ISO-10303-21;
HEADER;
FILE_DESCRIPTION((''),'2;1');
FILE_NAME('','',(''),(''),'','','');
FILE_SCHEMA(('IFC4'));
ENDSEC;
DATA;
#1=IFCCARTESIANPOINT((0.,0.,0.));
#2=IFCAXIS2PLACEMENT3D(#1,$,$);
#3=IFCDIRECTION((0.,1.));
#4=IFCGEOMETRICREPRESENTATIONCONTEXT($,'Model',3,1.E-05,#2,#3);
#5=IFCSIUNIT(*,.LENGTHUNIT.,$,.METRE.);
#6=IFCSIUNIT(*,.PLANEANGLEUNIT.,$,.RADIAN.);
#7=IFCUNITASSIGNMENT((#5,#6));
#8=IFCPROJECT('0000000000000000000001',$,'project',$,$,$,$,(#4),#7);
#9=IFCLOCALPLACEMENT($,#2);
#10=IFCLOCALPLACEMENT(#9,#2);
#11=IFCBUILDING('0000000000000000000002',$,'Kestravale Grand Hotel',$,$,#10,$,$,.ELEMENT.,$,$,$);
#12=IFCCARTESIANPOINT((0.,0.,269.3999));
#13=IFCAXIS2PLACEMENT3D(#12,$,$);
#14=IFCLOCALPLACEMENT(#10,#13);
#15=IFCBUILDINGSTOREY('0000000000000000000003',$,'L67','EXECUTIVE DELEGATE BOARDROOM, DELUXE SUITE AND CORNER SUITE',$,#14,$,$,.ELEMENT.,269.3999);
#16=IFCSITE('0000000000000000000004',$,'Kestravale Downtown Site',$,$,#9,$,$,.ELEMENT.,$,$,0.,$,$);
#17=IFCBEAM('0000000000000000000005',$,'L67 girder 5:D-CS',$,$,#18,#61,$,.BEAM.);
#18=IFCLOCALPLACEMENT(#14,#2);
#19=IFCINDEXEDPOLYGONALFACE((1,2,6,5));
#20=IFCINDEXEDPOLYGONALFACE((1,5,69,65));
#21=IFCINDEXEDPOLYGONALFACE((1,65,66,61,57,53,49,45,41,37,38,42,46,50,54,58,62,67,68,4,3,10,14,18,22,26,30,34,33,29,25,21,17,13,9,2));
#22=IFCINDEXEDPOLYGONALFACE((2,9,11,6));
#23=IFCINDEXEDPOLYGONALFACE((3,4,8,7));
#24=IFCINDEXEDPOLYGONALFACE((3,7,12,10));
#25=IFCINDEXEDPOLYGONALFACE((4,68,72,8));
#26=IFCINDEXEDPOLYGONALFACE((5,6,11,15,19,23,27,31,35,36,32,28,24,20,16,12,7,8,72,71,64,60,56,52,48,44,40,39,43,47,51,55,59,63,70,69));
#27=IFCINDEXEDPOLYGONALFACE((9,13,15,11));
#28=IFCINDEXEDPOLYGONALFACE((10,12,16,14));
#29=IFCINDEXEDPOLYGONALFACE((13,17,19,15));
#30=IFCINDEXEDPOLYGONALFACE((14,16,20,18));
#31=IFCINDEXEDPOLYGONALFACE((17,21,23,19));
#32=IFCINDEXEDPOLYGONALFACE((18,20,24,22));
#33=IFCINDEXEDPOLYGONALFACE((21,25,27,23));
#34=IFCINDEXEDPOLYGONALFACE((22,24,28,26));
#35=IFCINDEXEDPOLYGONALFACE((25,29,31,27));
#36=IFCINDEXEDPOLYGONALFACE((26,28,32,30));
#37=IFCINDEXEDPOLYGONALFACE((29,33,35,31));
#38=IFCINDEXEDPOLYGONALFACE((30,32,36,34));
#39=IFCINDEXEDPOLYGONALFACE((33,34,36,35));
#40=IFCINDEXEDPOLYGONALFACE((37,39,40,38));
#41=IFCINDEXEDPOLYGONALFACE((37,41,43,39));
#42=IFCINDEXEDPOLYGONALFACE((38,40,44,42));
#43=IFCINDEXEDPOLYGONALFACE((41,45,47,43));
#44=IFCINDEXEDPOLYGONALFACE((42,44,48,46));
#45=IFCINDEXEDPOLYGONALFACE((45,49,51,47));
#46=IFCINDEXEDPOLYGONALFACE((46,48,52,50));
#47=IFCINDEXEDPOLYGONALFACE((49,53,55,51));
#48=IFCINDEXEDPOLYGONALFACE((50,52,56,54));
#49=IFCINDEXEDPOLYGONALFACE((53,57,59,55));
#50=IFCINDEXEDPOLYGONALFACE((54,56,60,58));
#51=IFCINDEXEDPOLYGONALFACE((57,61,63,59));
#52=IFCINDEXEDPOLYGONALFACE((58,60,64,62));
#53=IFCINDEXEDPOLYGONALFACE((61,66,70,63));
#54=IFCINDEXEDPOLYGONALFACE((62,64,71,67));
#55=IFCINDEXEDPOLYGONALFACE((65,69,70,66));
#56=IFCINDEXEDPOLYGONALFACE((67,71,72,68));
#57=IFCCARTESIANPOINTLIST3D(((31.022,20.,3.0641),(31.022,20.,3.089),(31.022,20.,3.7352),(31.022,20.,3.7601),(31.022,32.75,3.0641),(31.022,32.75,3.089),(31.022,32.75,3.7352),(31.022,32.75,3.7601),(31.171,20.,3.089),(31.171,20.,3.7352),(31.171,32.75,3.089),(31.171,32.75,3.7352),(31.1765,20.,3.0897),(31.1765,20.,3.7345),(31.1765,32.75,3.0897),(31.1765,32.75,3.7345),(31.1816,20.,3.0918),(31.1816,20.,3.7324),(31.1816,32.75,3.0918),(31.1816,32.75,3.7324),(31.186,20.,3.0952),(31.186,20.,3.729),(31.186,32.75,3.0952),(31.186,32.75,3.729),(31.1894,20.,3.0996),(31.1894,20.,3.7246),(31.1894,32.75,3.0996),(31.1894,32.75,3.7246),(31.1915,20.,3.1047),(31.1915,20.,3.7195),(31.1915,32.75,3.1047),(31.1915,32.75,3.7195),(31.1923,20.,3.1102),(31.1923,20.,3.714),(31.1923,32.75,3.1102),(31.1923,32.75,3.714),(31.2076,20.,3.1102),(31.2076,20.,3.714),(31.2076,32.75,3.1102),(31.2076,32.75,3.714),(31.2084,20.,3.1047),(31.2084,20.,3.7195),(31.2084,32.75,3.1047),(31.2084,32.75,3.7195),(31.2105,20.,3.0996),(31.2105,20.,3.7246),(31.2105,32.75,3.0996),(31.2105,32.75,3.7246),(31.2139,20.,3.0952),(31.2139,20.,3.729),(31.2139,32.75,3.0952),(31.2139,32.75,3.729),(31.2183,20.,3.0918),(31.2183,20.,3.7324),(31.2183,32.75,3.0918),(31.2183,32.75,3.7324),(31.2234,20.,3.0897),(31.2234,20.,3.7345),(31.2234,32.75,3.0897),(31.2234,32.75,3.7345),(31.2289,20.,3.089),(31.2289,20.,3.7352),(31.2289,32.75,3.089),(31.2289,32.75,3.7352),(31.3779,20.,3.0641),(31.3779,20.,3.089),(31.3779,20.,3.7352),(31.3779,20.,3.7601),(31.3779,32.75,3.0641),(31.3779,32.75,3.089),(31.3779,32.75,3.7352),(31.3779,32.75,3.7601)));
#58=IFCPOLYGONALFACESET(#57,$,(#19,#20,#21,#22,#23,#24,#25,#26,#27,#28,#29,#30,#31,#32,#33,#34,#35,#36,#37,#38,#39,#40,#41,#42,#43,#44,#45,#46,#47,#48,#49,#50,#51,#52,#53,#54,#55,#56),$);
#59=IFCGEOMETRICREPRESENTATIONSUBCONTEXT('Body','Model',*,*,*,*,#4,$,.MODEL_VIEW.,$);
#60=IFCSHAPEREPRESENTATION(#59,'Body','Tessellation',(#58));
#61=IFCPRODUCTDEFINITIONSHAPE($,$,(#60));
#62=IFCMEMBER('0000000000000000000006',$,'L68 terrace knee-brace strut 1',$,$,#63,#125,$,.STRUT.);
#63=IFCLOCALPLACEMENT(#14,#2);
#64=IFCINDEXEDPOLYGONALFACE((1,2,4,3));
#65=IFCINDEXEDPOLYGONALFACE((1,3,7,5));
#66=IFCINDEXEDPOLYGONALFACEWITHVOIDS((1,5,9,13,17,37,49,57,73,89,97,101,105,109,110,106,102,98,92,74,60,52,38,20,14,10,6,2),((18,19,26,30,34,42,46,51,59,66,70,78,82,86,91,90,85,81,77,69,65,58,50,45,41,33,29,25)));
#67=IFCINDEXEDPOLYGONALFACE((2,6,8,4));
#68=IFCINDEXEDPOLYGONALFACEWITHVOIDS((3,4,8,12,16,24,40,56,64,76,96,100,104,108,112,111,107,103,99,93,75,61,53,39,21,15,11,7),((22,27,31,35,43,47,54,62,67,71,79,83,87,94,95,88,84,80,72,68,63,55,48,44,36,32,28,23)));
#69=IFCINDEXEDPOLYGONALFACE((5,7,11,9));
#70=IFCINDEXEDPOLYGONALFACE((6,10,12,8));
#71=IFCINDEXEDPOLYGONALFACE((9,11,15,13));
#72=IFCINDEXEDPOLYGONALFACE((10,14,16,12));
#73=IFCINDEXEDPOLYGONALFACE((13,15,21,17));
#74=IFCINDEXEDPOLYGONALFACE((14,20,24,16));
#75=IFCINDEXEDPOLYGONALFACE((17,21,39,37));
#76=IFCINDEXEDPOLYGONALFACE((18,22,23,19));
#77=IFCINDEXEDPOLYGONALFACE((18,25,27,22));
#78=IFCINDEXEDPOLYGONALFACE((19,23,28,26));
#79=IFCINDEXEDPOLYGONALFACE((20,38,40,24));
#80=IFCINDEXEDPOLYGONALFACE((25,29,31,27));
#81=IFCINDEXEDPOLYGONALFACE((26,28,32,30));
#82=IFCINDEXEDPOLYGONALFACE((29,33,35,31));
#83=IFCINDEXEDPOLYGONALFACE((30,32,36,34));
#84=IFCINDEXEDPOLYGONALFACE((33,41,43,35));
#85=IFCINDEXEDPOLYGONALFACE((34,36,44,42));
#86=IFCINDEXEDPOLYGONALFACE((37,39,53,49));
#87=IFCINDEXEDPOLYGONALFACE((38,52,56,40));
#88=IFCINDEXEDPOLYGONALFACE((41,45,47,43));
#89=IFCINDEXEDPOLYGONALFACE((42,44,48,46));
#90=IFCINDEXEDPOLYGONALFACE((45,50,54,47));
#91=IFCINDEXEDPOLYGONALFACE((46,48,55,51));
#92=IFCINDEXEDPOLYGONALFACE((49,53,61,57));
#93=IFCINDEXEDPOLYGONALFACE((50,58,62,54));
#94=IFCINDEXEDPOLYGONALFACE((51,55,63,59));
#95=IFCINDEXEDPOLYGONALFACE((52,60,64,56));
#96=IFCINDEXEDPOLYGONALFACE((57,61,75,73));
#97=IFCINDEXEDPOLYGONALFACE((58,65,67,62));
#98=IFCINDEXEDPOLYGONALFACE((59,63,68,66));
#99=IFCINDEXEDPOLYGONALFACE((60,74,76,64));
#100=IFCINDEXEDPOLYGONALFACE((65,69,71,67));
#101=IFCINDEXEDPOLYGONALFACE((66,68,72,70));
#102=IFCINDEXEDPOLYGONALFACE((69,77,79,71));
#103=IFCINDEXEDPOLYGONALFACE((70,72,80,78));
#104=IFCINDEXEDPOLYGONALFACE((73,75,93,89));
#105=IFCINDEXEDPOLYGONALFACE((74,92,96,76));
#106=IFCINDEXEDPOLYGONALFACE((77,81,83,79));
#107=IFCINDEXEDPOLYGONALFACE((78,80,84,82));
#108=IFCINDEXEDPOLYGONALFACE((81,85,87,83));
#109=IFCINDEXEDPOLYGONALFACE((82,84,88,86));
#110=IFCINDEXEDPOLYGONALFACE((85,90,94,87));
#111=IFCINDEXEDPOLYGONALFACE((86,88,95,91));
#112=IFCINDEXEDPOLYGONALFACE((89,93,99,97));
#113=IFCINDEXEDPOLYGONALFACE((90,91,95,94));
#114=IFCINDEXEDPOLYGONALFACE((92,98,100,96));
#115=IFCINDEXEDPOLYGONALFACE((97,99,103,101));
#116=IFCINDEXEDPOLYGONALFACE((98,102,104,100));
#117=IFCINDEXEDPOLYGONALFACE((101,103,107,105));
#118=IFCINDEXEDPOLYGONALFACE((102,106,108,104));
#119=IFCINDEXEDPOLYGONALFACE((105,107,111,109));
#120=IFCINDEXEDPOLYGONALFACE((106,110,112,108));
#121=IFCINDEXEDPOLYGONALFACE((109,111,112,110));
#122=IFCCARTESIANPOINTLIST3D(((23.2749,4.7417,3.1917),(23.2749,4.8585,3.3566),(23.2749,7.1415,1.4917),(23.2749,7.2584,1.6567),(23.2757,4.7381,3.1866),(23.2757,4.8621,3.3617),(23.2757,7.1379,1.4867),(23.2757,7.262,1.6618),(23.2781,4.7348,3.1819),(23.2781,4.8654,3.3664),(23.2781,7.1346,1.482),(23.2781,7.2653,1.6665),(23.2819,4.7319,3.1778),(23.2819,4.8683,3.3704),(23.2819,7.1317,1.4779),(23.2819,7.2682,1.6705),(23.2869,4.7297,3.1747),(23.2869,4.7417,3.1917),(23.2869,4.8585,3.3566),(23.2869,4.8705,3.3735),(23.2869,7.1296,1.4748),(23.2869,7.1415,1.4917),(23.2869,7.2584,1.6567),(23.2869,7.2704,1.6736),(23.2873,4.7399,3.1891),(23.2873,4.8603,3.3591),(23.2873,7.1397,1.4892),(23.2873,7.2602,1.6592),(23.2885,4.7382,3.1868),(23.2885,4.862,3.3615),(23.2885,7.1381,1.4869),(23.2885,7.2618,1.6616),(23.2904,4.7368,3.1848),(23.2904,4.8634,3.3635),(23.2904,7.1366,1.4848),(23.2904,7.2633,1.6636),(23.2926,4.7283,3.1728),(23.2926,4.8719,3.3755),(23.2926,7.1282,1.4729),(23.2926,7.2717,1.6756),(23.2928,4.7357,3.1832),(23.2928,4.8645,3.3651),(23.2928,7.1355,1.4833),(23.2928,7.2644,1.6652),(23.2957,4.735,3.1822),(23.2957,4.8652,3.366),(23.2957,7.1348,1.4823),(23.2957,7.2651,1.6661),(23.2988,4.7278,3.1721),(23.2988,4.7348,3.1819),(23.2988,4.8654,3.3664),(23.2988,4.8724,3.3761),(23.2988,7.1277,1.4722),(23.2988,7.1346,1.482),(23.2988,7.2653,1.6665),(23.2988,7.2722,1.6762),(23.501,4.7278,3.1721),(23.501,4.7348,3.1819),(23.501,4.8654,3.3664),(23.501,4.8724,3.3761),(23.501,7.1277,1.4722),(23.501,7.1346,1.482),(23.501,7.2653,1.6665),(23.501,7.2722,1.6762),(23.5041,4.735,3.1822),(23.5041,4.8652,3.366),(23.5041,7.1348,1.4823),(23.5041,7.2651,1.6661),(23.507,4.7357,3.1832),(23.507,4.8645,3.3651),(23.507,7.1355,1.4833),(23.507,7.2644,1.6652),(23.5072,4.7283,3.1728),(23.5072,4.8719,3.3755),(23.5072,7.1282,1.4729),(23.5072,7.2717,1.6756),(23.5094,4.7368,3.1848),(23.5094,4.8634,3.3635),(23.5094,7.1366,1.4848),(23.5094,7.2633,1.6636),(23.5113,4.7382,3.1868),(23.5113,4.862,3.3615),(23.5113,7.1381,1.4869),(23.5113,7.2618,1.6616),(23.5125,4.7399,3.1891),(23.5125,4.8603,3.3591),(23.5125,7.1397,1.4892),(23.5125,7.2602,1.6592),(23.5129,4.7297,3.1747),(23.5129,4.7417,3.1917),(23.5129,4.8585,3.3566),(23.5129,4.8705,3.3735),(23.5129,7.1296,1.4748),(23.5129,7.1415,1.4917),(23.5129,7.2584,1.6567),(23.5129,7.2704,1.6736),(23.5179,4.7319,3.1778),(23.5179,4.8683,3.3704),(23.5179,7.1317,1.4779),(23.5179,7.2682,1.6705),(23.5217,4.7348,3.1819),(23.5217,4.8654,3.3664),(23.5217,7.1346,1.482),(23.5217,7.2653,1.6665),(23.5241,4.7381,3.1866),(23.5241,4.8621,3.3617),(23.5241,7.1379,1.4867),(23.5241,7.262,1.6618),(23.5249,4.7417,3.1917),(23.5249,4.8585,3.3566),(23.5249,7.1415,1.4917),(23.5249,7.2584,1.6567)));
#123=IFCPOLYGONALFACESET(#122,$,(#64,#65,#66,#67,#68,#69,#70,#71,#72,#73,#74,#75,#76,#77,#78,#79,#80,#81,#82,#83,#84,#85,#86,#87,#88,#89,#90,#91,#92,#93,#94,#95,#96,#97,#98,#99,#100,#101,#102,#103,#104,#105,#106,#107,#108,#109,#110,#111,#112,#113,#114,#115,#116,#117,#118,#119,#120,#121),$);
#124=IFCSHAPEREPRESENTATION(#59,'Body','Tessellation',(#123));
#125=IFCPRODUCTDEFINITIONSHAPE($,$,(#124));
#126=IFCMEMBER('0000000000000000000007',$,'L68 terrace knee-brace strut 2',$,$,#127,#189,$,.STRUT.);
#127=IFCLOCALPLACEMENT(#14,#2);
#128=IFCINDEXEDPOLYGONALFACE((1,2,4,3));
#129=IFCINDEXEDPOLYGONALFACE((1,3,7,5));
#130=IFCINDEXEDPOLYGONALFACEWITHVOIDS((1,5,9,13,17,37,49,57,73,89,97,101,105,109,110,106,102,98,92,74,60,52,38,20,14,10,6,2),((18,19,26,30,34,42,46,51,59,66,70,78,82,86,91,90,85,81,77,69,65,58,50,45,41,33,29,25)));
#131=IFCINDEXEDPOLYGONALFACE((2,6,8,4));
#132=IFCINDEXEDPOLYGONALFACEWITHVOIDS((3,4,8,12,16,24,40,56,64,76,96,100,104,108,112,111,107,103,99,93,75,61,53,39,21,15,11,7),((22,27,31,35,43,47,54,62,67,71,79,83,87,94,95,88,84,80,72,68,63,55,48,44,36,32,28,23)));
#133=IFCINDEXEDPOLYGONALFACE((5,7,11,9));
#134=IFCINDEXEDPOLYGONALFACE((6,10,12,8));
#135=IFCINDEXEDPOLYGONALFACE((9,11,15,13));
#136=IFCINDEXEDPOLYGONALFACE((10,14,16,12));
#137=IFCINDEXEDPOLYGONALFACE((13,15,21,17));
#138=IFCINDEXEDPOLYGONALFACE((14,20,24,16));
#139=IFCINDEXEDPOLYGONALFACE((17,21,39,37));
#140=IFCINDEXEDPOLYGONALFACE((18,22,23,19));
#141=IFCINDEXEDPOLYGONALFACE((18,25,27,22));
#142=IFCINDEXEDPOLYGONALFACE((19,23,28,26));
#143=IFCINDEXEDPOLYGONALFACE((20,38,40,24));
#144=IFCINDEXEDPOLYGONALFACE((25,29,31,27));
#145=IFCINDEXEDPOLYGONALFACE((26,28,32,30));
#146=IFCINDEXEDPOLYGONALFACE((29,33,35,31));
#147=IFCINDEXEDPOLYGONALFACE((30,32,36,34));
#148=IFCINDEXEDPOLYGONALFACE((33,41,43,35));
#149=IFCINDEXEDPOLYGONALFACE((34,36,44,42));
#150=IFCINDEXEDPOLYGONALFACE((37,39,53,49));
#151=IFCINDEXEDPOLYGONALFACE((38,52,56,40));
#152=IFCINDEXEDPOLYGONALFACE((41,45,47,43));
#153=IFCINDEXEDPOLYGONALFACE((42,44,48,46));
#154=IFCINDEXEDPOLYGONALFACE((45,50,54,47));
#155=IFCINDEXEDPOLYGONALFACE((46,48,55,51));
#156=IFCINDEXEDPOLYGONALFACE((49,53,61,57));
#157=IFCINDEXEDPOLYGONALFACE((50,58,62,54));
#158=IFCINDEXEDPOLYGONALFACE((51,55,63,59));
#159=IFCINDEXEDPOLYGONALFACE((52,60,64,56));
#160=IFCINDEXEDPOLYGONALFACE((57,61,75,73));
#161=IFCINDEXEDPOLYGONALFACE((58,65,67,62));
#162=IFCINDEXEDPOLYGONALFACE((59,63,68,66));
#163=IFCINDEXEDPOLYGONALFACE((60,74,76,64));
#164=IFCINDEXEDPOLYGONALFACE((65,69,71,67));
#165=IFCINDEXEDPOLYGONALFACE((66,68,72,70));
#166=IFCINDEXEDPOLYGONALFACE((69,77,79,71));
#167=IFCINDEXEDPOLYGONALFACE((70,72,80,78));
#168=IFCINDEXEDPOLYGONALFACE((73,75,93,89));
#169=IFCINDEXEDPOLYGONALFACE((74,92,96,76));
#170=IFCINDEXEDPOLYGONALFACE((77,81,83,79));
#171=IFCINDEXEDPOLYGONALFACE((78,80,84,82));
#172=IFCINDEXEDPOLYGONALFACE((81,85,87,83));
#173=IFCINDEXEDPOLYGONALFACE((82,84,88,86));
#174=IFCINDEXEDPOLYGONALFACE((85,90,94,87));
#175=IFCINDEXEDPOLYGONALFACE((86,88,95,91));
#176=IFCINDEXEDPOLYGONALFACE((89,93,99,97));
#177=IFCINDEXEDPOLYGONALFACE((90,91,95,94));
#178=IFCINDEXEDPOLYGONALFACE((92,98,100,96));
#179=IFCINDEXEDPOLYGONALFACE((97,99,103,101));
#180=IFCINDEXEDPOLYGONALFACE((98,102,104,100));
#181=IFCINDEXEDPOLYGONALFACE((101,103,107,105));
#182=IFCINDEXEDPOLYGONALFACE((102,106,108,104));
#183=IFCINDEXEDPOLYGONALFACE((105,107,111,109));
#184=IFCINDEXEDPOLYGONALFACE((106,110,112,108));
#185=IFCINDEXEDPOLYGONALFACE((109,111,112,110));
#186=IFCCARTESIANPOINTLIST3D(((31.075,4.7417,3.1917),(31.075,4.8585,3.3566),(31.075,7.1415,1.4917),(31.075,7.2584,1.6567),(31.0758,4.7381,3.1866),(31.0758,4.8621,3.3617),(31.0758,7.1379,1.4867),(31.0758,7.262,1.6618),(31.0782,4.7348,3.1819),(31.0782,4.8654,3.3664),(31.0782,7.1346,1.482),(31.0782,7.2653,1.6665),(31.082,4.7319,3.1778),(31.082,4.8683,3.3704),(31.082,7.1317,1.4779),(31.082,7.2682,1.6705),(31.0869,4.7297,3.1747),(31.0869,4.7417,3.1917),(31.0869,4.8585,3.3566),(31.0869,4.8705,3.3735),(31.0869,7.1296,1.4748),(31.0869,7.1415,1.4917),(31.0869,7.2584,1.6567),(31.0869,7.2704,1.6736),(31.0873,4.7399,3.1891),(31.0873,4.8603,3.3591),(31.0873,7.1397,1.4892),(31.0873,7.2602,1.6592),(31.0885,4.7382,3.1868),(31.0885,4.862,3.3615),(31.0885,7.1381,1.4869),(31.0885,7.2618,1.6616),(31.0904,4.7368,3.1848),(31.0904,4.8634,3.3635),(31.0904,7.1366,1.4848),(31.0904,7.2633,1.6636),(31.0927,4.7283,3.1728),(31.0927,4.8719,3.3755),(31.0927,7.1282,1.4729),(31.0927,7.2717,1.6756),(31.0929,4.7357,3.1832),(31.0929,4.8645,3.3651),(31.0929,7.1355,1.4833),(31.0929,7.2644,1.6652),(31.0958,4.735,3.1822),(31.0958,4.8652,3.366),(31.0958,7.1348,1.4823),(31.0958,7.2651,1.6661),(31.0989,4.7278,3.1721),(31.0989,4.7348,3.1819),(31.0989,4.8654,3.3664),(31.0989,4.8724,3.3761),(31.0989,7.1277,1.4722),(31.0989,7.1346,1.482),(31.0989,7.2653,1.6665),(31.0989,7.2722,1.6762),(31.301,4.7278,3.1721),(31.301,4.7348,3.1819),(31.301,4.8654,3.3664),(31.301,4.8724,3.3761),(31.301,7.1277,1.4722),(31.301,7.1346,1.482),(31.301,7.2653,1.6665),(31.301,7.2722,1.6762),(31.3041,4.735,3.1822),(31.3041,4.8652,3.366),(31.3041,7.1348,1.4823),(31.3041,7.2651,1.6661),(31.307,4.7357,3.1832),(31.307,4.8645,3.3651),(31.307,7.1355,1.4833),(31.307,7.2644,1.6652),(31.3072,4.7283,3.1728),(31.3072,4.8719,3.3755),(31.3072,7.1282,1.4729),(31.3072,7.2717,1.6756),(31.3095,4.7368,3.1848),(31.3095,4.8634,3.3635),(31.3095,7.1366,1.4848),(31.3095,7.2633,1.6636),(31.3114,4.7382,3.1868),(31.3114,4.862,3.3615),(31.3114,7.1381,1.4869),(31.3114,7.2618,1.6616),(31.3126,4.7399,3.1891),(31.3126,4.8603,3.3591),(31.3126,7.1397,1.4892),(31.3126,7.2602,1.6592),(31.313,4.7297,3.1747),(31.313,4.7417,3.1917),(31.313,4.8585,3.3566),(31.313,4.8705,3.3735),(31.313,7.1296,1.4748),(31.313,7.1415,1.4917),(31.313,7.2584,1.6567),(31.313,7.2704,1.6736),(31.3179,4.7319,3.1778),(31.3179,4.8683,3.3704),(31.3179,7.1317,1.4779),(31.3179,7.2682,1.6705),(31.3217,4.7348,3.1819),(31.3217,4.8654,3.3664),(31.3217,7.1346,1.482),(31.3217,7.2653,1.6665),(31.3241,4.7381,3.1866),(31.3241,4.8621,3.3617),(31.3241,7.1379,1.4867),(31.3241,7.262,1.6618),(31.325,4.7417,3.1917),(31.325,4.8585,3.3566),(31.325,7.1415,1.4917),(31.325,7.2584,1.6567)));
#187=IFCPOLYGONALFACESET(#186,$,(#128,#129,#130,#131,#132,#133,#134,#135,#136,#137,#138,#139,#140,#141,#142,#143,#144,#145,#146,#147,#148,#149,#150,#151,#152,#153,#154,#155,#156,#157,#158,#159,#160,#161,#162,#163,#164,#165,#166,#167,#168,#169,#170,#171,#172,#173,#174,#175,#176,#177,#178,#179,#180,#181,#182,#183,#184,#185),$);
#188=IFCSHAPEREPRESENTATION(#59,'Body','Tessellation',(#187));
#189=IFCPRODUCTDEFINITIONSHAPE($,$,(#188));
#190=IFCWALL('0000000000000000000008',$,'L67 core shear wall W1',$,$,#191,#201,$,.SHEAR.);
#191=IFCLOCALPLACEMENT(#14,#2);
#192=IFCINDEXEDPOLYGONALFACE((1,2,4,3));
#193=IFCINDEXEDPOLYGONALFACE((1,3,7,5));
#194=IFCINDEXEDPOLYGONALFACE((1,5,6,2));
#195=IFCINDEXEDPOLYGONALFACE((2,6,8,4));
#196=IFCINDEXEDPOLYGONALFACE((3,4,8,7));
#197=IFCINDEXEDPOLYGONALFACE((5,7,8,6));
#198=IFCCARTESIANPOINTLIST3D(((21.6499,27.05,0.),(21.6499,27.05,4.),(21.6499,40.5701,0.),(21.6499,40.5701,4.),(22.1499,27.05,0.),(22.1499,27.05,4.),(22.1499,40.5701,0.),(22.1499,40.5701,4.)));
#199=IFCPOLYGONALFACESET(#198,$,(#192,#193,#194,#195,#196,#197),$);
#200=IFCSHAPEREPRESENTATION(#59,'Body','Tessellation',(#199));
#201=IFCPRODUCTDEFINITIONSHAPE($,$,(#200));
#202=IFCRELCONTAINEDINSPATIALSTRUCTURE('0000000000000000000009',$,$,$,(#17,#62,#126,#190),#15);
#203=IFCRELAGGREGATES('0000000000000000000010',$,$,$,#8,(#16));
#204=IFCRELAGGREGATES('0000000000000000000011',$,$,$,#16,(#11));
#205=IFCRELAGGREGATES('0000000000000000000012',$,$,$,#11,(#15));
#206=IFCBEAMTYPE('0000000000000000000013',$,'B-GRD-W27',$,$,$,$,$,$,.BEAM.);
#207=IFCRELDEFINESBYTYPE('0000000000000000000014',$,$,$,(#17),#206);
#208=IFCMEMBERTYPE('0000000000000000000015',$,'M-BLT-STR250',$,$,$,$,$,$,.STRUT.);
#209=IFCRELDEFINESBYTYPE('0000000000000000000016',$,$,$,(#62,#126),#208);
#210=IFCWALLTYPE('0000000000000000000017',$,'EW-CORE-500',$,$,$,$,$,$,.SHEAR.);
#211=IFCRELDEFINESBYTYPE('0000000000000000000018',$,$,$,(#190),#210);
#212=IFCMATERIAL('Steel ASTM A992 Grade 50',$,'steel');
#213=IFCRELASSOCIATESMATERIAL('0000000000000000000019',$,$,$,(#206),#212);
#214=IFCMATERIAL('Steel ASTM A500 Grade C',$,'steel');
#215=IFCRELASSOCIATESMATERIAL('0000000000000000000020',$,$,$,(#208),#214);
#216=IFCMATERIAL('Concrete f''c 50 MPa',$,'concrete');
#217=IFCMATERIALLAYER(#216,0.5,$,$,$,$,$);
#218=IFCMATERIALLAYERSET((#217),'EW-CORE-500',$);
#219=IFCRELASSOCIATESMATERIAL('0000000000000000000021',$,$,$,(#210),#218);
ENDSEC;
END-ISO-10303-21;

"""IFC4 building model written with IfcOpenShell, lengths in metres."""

from ifc_helpers import new_model, si_unit, direction, frame, frame_2d, origin, origin_2d, place, context, subcontext, project, spatial, rectangle, hollow_rectangle, i_section, extrude, material, layer, layer_set, material_profile, profile_set, type_object, element, save


model = new_model("IFC4")

# Units and contexts
model_context = context("Model", 3, precision=1e-05, world=origin(), true_north=direction((0.0, 1.0)))
body_context = subcontext(model_context, "Body", "Model", "MODEL_VIEW")
ifc_project = project(units=[si_unit("LENGTHUNIT", "METRE"), si_unit("PLANEANGLEUNIT", "RADIAN")], contexts=[model_context])

# Site, building, storey
site_placement = place(None, origin())
site = spatial("IfcSite", under=ifc_project, at=site_placement, Name="Kestravale Downtown Site", CompositionType="ELEMENT", RefElevation=0.0)
building_placement = place(site_placement, origin())
building = spatial("IfcBuilding", under=site, at=building_placement, Name="Kestravale Grand Hotel", CompositionType="ELEMENT")
storey_placement = place(building_placement, frame((0.0, 0.0, 269.3999)))
storey = spatial("IfcBuildingStorey", under=building, at=storey_placement, Name="L67", Description="EXECUTIVE DELEGATE BOARDROOM, DELUXE SUITE AND CORNER SUITE", CompositionType="ELEMENT", Elevation=269.3999)

# Beam
ifc_material_1 = material(Name="Steel ASTM A992 Grade 50", Category="steel")
ifc_material_profile_1 = material_profile(ifc_material_1, i_section(OverallWidth=0.356, OverallDepth=0.696, WebThickness=0.0154, FlangeThickness=0.0249, FilletRadius=0.0212, at=origin_2d()))
ifc_profile_set_1 = profile_set([ifc_material_profile_1], Name="Steel ASTM A992 Grade 50")
beam_type_1 = type_object("IfcBeamType", Name="B-GRD-W27", PredefinedType="BEAM", material=ifc_profile_set_1)
beam_1_placement = place(storey_placement, frame((31.2, 20.0, 3.4121), z_axis=(0.0, 1.0, 0.0), x_axis=(-1.0, 0.0, 0.0)))
element("IfcBeam", 1, at=beam_1_placement, inside=storey, type_object=beam_type_1, Name="L67 girder 5:D-CS", PredefinedType="BEAM", context=body_context, shape_type="SweptSolid", body=[
    extrude(i_section(OverallWidth=0.356, OverallDepth=0.696, WebThickness=0.0154, FlangeThickness=0.0249, FilletRadius=0.0212, at=origin_2d()), origin(), (0.0, 0.0, 1.0), 12.75),
])

# Members
ifc_material_2 = material(Name="Steel ASTM A500 Grade C", Category="steel")
ifc_material_profile_2 = material_profile(ifc_material_2, hollow_rectangle(XDim=0.25, YDim=0.25, WallThickness=0.012, InnerFilletRadius=0.012, OuterFilletRadius=0.0239, at=origin_2d()))
ifc_profile_set_2 = profile_set([ifc_material_profile_2], Name="Steel ASTM A500 Grade C")
member_type = type_object("IfcMemberType", Name="M-BLT-STR250", PredefinedType="STRUT", material=ifc_profile_set_2)
for number, where, z_axis, x_axis, name in (
    (2, (23.3999, 7.2, 1.5742), (0.0, -0.816021, 0.578022), (1.0, 0.0, 0.0), "L68 terrace knee-brace strut 1"),
    (3, (31.2, 7.2, 1.5742), (0.0, -0.816021, 0.578022), (1.0, 0.0, 0.0), "L68 terrace knee-brace strut 2"),
):
    element("IfcMember", number, at=place(storey_placement, frame(where, z_axis=z_axis, x_axis=x_axis)), inside=storey, type_object=member_type, Name=name, PredefinedType="STRUT", context=body_context, shape_type="SweptSolid", body=[
        extrude(hollow_rectangle(XDim=0.25, YDim=0.25, WallThickness=0.012, InnerFilletRadius=0.012, OuterFilletRadius=0.0239, at=origin_2d()), origin(), (0.0, 0.0, 1.0), 2.9409),
    ])

# Wall
ifc_material_3 = material(Name="Concrete f'c 50 MPa", Category="concrete")
ifc_layer_1 = layer(ifc_material_3, 0.5)
ifc_layer_set_1 = layer_set([ifc_layer_1], Name="EW-CORE-500")
wall_type_1 = type_object("IfcWallType", Name="EW-CORE-500", PredefinedType="SHEAR", material=ifc_layer_set_1)
wall_1_placement = place(storey_placement, frame((21.8999, 27.05, 0.0), z_axis=(0.0, 0.0, 1.0), x_axis=(0.0, 1.0, 0.0)))
element("IfcWall", 4, at=wall_1_placement, inside=storey, type_object=wall_type_1, Name="L67 core shear wall W1", PredefinedType="SHEAR", context=body_context, shape_type="SweptSolid", body=[
    extrude(rectangle(XDim=13.52, YDim=0.5, at=frame_2d((6.76, 0.0))), origin(), (0.0, 0.0, 1.0), 4.0),
])

save(model, "model.ifc")
